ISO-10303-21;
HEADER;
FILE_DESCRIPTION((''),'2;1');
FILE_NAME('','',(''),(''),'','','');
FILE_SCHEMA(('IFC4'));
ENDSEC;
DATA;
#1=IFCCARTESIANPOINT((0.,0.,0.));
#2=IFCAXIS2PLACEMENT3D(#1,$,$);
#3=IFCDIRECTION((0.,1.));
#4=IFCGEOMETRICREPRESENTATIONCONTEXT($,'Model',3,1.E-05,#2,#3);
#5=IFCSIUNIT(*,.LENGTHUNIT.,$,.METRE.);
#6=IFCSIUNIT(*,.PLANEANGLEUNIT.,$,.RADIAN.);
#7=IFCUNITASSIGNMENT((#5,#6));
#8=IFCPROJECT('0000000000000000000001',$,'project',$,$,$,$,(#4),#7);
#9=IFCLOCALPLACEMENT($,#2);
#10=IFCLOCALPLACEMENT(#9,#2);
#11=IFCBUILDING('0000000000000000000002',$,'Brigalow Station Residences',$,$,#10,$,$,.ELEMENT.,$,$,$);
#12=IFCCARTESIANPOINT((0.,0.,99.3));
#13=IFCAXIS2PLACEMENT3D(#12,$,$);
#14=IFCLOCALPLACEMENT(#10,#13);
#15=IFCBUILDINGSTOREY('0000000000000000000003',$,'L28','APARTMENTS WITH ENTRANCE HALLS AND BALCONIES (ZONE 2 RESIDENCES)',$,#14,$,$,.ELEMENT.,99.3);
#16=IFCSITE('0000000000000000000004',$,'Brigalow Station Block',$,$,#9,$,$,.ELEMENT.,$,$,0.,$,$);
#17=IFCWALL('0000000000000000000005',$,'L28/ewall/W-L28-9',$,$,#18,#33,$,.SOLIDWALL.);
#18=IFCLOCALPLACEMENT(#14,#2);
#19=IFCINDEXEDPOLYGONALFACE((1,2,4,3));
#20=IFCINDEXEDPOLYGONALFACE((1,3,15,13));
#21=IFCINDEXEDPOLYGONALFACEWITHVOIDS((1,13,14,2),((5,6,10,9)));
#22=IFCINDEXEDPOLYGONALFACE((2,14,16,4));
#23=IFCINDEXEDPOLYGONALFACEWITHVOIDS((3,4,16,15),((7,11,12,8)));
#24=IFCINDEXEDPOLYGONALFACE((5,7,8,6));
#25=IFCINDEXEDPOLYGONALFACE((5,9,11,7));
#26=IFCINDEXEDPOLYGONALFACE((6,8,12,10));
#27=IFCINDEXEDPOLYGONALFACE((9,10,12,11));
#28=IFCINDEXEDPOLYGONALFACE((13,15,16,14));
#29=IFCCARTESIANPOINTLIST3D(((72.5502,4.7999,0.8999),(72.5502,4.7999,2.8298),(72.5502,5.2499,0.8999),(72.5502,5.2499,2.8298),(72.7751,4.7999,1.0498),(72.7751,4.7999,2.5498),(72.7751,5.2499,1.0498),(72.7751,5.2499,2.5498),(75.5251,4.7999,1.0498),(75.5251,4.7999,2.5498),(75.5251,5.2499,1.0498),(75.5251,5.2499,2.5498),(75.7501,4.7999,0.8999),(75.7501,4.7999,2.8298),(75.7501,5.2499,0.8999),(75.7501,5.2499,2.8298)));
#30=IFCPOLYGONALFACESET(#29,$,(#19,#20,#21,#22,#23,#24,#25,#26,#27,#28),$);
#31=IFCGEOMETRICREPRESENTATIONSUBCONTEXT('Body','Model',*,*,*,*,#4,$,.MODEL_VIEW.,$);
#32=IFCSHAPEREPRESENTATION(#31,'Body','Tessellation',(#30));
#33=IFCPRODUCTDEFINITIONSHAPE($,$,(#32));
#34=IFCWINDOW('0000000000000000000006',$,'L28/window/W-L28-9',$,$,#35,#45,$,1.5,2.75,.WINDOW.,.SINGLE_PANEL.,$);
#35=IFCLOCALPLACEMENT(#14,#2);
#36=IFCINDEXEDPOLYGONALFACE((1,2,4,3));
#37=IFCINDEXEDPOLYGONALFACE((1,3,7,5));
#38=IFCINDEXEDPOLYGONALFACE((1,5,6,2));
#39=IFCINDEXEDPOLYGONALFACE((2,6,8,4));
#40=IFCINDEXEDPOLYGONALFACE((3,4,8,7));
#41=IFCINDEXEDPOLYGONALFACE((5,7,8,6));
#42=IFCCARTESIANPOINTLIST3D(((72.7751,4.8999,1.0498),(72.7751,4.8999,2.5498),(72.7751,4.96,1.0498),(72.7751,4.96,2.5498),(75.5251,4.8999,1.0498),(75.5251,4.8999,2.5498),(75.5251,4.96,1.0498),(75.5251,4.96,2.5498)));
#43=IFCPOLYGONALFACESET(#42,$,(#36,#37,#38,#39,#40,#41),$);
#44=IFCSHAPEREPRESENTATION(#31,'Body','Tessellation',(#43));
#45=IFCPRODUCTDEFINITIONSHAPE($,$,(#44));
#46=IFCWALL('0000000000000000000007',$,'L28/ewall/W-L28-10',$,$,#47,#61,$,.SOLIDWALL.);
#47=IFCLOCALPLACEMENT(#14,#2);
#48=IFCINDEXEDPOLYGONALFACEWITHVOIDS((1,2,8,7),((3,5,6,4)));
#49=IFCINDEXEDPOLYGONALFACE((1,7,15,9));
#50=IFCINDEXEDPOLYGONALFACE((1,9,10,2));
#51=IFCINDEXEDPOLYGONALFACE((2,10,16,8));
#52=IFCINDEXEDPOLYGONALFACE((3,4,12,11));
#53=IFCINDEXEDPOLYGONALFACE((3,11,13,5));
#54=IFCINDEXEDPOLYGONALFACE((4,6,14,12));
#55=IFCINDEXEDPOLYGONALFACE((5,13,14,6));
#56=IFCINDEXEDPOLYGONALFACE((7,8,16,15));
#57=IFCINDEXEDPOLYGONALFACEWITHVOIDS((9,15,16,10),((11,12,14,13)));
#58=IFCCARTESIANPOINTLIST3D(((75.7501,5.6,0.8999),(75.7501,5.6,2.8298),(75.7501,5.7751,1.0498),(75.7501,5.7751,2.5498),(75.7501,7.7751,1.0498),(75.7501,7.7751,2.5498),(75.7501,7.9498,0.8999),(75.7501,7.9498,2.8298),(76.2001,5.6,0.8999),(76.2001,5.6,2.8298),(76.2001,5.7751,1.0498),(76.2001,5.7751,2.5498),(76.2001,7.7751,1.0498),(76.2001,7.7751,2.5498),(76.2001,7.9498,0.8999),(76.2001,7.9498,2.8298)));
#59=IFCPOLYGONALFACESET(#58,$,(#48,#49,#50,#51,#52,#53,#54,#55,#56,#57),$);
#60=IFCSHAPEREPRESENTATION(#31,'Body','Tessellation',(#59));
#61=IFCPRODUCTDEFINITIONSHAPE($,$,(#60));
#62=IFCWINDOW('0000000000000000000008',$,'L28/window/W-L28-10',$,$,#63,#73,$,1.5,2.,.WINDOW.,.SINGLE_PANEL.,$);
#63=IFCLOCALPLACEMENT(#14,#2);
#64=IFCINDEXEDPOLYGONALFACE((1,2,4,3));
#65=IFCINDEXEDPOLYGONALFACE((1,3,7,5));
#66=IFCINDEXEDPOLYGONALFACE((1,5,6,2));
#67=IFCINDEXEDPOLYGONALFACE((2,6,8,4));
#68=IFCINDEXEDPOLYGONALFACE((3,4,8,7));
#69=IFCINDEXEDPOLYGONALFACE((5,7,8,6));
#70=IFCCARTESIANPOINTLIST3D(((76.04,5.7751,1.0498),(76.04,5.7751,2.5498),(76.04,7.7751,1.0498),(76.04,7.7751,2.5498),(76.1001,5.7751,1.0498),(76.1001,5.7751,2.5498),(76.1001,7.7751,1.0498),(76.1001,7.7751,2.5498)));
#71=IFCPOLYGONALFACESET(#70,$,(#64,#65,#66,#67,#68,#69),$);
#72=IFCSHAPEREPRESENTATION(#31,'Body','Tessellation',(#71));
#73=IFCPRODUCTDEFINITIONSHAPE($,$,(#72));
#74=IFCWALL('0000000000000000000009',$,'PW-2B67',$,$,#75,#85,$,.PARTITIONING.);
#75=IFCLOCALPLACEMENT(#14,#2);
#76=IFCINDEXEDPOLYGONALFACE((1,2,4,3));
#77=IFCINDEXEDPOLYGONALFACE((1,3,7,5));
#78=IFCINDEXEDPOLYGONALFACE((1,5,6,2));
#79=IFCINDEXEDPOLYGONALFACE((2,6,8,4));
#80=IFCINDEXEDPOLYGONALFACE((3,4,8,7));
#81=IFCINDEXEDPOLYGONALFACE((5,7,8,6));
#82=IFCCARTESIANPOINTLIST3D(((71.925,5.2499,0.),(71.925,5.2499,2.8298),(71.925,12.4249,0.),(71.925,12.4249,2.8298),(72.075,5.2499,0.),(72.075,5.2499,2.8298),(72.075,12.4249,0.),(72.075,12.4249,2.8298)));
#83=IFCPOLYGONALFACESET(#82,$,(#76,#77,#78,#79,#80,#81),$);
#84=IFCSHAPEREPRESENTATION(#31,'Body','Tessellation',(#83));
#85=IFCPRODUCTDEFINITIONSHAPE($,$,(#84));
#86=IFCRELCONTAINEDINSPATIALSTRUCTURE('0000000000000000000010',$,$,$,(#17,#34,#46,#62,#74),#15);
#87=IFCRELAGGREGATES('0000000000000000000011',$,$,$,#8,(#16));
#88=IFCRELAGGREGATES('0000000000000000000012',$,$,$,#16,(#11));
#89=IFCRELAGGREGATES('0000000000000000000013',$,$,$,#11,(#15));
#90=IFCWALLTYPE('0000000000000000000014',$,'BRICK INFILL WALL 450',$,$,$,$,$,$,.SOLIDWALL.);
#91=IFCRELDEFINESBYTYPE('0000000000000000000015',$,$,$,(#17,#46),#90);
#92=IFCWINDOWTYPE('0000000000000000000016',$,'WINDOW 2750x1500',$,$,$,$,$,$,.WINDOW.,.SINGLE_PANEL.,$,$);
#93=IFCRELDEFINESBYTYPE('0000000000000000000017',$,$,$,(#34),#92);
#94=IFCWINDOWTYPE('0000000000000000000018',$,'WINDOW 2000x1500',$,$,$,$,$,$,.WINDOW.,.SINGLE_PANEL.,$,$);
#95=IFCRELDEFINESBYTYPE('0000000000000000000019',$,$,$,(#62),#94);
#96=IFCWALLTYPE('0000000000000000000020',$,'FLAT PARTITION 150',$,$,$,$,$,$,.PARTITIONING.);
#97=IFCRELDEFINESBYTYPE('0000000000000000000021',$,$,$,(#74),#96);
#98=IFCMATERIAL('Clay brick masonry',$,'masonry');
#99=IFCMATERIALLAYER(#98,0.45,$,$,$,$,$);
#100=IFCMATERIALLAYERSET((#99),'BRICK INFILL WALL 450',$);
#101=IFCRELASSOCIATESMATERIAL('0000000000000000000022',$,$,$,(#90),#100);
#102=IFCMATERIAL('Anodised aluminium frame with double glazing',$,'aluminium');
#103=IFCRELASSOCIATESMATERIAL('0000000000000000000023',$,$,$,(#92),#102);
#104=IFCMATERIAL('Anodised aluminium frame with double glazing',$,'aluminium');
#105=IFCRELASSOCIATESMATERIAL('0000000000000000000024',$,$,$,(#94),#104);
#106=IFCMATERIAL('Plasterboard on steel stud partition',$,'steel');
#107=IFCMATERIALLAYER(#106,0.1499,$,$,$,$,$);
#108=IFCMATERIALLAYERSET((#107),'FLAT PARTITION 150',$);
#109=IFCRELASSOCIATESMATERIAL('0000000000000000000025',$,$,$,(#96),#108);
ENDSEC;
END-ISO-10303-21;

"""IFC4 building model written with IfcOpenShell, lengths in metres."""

from ifc_helpers import new_model, si_unit, direction, frame, frame_2d, origin, place, context, subcontext, project, spatial, rectangle, extrude, material, layer, layer_set, type_object, element, fill, save


model = new_model("IFC4")

# Units and contexts
model_context = context("Model", 3, precision=1e-05, world=origin(), true_north=direction((0.0, 1.0)))
body_context = subcontext(model_context, "Body", "Model", "MODEL_VIEW")
ifc_project = project(units=[si_unit("LENGTHUNIT", "METRE"), si_unit("PLANEANGLEUNIT", "RADIAN")], contexts=[model_context])

# Site, building, storey
site_placement = place(None, origin())
site = spatial("IfcSite", under=ifc_project, at=site_placement, Name="Brigalow Station Block", CompositionType="ELEMENT", RefElevation=0.0)
building_placement = place(site_placement, origin())
building = spatial("IfcBuilding", under=site, at=building_placement, Name="Brigalow Station Residences", CompositionType="ELEMENT")
storey_placement = place(building_placement, frame((0.0, 0.0, 99.3)))
storey = spatial("IfcBuildingStorey", under=building, at=storey_placement, Name="L28", Description="APARTMENTS WITH ENTRANCE HALLS AND BALCONIES (ZONE 2 RESIDENCES)", CompositionType="ELEMENT", Elevation=99.3)

# Walls, openings, windows
ifc_material_1 = material(Name="Clay brick masonry", Category="masonry")
ifc_layer_1 = layer(ifc_material_1, 0.45)
ifc_layer_set_1 = layer_set([ifc_layer_1], Name="BRICK INFILL WALL 450")
wall_type_1 = type_object("IfcWallType", Name="BRICK INFILL WALL 450", PredefinedType="SOLIDWALL", material=ifc_layer_set_1)
wall_1_placement = place(storey_placement, frame((72.55, 5.0249, 0.8999), z_axis=(0.0, 0.0, 1.0), x_axis=(1.0, 0.0, 0.0)))
wall_1 = element("IfcWall", 1, at=wall_1_placement, inside=storey, type_object=wall_type_1, Name="L28/ewall/W-L28-9", PredefinedType="SOLIDWALL", context=body_context, shape_type="SweptSolid", body=[
    extrude(rectangle(XDim=3.2, YDim=0.45, at=frame_2d((1.6001, 0.0))), origin(), (0.0, 0.0, 1.0), 1.9299),
])
opening_1_placement = place(wall_1_placement, frame((0.2251, 0.0, 0.1499)))
opening_1 = element("IfcOpeningElement", 2, at=opening_1_placement, cuts=wall_1, PredefinedType="OPENING", context=body_context, shape_type="SweptSolid", body=[
    extrude(rectangle(XDim=2.75, YDim=1.5, at=frame_2d((1.375, 0.75))), frame((0.0, 0.2349, 0.0), z_axis=(0.0, -1.0, 0.0), x_axis=(1.0, 0.0, 0.0)), (0.0, 0.0, 1.0), 0.47),
])
ifc_material_2 = material(Name="Anodised aluminium frame with double glazing", Category="aluminium")
window_type_1 = type_object("IfcWindowType", Name="WINDOW 2750x1500", PartitioningType="SINGLE_PANEL", PredefinedType="WINDOW", material=ifc_material_2)
window_1_placement = place(opening_1_placement, origin())
window_1 = element("IfcWindow", 3, at=window_1_placement, inside=storey, type_object=window_type_1, Name="L28/window/W-L28-9", OverallHeight=1.5, OverallWidth=2.75, PartitioningType="SINGLE_PANEL", PredefinedType="WINDOW", context=body_context, shape_type="SweptSolid", body=[
    extrude(rectangle(XDim=2.75, YDim=1.5, at=frame_2d((1.375, 0.75))), frame((0.0, -0.0649, 0.0), z_axis=(0.0, -1.0, 0.0), x_axis=(1.0, 0.0, 0.0)), (0.0, 0.0, 1.0), 0.0601),
])
fill(opening_1, window_1)
wall_2_placement = place(storey_placement, frame((75.9751, 5.6001, 0.8999), z_axis=(0.0, 0.0, 1.0), x_axis=(0.0, 1.0, 0.0)))
wall_2 = element("IfcWall", 4, at=wall_2_placement, inside=storey, type_object=wall_type_1, Name="L28/ewall/W-L28-10", PredefinedType="SOLIDWALL", context=body_context, shape_type="SweptSolid", body=[
    extrude(rectangle(XDim=2.3499, YDim=0.45, at=frame_2d((1.1748, 0.0))), origin(), (0.0, 0.0, 1.0), 1.9299),
])
opening_2_placement = place(wall_2_placement, frame((0.175, 0.0, 0.1499)))
opening_2 = element("IfcOpeningElement", 5, at=opening_2_placement, cuts=wall_2, PredefinedType="OPENING", context=body_context, shape_type="SweptSolid", body=[
    extrude(rectangle(XDim=2.0, YDim=1.5, at=frame_2d((1.0, 0.75))), frame((0.0, 0.2349, 0.0), z_axis=(0.0, -1.0, 0.0), x_axis=(1.0, 0.0, 0.0)), (0.0, 0.0, 1.0), 0.47),
])
ifc_material_3 = material(Name="Anodised aluminium frame with double glazing", Category="aluminium")
window_type_2 = type_object("IfcWindowType", Name="WINDOW 2000x1500", PartitioningType="SINGLE_PANEL", PredefinedType="WINDOW", material=ifc_material_3)
window_2_placement = place(opening_2_placement, origin())
window_2 = element("IfcWindow", 6, at=window_2_placement, inside=storey, type_object=window_type_2, Name="L28/window/W-L28-10", OverallHeight=1.5, OverallWidth=2.0, PartitioningType="SINGLE_PANEL", PredefinedType="WINDOW", context=body_context, shape_type="SweptSolid", body=[
    extrude(rectangle(XDim=2.0, YDim=1.5, at=frame_2d((1.0, 0.75))), frame((0.0, -0.0649, 0.0), z_axis=(0.0, -1.0, 0.0), x_axis=(1.0, 0.0, 0.0)), (0.0, 0.0, 1.0), 0.0601),
])
fill(opening_2, window_2)

# Wall
ifc_material_4 = material(Name="Plasterboard on steel stud partition", Category="steel")
ifc_layer_2 = layer(ifc_material_4, 0.1499)
ifc_layer_set_2 = layer_set([ifc_layer_2], Name="FLAT PARTITION 150")
wall_type_2 = type_object("IfcWallType", Name="FLAT PARTITION 150", PredefinedType="PARTITIONING", material=ifc_layer_set_2)
wall_3_placement = place(storey_placement, frame((72.0, 5.25, 0.0), z_axis=(0.0, 0.0, 1.0), x_axis=(0.0, 1.0, 0.0)))
element("IfcWall", 7, at=wall_3_placement, inside=storey, type_object=wall_type_2, Name="PW-2B67", PredefinedType="PARTITIONING", context=body_context, shape_type="SweptSolid", body=[
    extrude(rectangle(XDim=7.175, YDim=0.1499, at=frame_2d((3.5874, 0.0))), origin(), (0.0, 0.0, 1.0), 2.8298),
])

save(model, "model.ifc")
